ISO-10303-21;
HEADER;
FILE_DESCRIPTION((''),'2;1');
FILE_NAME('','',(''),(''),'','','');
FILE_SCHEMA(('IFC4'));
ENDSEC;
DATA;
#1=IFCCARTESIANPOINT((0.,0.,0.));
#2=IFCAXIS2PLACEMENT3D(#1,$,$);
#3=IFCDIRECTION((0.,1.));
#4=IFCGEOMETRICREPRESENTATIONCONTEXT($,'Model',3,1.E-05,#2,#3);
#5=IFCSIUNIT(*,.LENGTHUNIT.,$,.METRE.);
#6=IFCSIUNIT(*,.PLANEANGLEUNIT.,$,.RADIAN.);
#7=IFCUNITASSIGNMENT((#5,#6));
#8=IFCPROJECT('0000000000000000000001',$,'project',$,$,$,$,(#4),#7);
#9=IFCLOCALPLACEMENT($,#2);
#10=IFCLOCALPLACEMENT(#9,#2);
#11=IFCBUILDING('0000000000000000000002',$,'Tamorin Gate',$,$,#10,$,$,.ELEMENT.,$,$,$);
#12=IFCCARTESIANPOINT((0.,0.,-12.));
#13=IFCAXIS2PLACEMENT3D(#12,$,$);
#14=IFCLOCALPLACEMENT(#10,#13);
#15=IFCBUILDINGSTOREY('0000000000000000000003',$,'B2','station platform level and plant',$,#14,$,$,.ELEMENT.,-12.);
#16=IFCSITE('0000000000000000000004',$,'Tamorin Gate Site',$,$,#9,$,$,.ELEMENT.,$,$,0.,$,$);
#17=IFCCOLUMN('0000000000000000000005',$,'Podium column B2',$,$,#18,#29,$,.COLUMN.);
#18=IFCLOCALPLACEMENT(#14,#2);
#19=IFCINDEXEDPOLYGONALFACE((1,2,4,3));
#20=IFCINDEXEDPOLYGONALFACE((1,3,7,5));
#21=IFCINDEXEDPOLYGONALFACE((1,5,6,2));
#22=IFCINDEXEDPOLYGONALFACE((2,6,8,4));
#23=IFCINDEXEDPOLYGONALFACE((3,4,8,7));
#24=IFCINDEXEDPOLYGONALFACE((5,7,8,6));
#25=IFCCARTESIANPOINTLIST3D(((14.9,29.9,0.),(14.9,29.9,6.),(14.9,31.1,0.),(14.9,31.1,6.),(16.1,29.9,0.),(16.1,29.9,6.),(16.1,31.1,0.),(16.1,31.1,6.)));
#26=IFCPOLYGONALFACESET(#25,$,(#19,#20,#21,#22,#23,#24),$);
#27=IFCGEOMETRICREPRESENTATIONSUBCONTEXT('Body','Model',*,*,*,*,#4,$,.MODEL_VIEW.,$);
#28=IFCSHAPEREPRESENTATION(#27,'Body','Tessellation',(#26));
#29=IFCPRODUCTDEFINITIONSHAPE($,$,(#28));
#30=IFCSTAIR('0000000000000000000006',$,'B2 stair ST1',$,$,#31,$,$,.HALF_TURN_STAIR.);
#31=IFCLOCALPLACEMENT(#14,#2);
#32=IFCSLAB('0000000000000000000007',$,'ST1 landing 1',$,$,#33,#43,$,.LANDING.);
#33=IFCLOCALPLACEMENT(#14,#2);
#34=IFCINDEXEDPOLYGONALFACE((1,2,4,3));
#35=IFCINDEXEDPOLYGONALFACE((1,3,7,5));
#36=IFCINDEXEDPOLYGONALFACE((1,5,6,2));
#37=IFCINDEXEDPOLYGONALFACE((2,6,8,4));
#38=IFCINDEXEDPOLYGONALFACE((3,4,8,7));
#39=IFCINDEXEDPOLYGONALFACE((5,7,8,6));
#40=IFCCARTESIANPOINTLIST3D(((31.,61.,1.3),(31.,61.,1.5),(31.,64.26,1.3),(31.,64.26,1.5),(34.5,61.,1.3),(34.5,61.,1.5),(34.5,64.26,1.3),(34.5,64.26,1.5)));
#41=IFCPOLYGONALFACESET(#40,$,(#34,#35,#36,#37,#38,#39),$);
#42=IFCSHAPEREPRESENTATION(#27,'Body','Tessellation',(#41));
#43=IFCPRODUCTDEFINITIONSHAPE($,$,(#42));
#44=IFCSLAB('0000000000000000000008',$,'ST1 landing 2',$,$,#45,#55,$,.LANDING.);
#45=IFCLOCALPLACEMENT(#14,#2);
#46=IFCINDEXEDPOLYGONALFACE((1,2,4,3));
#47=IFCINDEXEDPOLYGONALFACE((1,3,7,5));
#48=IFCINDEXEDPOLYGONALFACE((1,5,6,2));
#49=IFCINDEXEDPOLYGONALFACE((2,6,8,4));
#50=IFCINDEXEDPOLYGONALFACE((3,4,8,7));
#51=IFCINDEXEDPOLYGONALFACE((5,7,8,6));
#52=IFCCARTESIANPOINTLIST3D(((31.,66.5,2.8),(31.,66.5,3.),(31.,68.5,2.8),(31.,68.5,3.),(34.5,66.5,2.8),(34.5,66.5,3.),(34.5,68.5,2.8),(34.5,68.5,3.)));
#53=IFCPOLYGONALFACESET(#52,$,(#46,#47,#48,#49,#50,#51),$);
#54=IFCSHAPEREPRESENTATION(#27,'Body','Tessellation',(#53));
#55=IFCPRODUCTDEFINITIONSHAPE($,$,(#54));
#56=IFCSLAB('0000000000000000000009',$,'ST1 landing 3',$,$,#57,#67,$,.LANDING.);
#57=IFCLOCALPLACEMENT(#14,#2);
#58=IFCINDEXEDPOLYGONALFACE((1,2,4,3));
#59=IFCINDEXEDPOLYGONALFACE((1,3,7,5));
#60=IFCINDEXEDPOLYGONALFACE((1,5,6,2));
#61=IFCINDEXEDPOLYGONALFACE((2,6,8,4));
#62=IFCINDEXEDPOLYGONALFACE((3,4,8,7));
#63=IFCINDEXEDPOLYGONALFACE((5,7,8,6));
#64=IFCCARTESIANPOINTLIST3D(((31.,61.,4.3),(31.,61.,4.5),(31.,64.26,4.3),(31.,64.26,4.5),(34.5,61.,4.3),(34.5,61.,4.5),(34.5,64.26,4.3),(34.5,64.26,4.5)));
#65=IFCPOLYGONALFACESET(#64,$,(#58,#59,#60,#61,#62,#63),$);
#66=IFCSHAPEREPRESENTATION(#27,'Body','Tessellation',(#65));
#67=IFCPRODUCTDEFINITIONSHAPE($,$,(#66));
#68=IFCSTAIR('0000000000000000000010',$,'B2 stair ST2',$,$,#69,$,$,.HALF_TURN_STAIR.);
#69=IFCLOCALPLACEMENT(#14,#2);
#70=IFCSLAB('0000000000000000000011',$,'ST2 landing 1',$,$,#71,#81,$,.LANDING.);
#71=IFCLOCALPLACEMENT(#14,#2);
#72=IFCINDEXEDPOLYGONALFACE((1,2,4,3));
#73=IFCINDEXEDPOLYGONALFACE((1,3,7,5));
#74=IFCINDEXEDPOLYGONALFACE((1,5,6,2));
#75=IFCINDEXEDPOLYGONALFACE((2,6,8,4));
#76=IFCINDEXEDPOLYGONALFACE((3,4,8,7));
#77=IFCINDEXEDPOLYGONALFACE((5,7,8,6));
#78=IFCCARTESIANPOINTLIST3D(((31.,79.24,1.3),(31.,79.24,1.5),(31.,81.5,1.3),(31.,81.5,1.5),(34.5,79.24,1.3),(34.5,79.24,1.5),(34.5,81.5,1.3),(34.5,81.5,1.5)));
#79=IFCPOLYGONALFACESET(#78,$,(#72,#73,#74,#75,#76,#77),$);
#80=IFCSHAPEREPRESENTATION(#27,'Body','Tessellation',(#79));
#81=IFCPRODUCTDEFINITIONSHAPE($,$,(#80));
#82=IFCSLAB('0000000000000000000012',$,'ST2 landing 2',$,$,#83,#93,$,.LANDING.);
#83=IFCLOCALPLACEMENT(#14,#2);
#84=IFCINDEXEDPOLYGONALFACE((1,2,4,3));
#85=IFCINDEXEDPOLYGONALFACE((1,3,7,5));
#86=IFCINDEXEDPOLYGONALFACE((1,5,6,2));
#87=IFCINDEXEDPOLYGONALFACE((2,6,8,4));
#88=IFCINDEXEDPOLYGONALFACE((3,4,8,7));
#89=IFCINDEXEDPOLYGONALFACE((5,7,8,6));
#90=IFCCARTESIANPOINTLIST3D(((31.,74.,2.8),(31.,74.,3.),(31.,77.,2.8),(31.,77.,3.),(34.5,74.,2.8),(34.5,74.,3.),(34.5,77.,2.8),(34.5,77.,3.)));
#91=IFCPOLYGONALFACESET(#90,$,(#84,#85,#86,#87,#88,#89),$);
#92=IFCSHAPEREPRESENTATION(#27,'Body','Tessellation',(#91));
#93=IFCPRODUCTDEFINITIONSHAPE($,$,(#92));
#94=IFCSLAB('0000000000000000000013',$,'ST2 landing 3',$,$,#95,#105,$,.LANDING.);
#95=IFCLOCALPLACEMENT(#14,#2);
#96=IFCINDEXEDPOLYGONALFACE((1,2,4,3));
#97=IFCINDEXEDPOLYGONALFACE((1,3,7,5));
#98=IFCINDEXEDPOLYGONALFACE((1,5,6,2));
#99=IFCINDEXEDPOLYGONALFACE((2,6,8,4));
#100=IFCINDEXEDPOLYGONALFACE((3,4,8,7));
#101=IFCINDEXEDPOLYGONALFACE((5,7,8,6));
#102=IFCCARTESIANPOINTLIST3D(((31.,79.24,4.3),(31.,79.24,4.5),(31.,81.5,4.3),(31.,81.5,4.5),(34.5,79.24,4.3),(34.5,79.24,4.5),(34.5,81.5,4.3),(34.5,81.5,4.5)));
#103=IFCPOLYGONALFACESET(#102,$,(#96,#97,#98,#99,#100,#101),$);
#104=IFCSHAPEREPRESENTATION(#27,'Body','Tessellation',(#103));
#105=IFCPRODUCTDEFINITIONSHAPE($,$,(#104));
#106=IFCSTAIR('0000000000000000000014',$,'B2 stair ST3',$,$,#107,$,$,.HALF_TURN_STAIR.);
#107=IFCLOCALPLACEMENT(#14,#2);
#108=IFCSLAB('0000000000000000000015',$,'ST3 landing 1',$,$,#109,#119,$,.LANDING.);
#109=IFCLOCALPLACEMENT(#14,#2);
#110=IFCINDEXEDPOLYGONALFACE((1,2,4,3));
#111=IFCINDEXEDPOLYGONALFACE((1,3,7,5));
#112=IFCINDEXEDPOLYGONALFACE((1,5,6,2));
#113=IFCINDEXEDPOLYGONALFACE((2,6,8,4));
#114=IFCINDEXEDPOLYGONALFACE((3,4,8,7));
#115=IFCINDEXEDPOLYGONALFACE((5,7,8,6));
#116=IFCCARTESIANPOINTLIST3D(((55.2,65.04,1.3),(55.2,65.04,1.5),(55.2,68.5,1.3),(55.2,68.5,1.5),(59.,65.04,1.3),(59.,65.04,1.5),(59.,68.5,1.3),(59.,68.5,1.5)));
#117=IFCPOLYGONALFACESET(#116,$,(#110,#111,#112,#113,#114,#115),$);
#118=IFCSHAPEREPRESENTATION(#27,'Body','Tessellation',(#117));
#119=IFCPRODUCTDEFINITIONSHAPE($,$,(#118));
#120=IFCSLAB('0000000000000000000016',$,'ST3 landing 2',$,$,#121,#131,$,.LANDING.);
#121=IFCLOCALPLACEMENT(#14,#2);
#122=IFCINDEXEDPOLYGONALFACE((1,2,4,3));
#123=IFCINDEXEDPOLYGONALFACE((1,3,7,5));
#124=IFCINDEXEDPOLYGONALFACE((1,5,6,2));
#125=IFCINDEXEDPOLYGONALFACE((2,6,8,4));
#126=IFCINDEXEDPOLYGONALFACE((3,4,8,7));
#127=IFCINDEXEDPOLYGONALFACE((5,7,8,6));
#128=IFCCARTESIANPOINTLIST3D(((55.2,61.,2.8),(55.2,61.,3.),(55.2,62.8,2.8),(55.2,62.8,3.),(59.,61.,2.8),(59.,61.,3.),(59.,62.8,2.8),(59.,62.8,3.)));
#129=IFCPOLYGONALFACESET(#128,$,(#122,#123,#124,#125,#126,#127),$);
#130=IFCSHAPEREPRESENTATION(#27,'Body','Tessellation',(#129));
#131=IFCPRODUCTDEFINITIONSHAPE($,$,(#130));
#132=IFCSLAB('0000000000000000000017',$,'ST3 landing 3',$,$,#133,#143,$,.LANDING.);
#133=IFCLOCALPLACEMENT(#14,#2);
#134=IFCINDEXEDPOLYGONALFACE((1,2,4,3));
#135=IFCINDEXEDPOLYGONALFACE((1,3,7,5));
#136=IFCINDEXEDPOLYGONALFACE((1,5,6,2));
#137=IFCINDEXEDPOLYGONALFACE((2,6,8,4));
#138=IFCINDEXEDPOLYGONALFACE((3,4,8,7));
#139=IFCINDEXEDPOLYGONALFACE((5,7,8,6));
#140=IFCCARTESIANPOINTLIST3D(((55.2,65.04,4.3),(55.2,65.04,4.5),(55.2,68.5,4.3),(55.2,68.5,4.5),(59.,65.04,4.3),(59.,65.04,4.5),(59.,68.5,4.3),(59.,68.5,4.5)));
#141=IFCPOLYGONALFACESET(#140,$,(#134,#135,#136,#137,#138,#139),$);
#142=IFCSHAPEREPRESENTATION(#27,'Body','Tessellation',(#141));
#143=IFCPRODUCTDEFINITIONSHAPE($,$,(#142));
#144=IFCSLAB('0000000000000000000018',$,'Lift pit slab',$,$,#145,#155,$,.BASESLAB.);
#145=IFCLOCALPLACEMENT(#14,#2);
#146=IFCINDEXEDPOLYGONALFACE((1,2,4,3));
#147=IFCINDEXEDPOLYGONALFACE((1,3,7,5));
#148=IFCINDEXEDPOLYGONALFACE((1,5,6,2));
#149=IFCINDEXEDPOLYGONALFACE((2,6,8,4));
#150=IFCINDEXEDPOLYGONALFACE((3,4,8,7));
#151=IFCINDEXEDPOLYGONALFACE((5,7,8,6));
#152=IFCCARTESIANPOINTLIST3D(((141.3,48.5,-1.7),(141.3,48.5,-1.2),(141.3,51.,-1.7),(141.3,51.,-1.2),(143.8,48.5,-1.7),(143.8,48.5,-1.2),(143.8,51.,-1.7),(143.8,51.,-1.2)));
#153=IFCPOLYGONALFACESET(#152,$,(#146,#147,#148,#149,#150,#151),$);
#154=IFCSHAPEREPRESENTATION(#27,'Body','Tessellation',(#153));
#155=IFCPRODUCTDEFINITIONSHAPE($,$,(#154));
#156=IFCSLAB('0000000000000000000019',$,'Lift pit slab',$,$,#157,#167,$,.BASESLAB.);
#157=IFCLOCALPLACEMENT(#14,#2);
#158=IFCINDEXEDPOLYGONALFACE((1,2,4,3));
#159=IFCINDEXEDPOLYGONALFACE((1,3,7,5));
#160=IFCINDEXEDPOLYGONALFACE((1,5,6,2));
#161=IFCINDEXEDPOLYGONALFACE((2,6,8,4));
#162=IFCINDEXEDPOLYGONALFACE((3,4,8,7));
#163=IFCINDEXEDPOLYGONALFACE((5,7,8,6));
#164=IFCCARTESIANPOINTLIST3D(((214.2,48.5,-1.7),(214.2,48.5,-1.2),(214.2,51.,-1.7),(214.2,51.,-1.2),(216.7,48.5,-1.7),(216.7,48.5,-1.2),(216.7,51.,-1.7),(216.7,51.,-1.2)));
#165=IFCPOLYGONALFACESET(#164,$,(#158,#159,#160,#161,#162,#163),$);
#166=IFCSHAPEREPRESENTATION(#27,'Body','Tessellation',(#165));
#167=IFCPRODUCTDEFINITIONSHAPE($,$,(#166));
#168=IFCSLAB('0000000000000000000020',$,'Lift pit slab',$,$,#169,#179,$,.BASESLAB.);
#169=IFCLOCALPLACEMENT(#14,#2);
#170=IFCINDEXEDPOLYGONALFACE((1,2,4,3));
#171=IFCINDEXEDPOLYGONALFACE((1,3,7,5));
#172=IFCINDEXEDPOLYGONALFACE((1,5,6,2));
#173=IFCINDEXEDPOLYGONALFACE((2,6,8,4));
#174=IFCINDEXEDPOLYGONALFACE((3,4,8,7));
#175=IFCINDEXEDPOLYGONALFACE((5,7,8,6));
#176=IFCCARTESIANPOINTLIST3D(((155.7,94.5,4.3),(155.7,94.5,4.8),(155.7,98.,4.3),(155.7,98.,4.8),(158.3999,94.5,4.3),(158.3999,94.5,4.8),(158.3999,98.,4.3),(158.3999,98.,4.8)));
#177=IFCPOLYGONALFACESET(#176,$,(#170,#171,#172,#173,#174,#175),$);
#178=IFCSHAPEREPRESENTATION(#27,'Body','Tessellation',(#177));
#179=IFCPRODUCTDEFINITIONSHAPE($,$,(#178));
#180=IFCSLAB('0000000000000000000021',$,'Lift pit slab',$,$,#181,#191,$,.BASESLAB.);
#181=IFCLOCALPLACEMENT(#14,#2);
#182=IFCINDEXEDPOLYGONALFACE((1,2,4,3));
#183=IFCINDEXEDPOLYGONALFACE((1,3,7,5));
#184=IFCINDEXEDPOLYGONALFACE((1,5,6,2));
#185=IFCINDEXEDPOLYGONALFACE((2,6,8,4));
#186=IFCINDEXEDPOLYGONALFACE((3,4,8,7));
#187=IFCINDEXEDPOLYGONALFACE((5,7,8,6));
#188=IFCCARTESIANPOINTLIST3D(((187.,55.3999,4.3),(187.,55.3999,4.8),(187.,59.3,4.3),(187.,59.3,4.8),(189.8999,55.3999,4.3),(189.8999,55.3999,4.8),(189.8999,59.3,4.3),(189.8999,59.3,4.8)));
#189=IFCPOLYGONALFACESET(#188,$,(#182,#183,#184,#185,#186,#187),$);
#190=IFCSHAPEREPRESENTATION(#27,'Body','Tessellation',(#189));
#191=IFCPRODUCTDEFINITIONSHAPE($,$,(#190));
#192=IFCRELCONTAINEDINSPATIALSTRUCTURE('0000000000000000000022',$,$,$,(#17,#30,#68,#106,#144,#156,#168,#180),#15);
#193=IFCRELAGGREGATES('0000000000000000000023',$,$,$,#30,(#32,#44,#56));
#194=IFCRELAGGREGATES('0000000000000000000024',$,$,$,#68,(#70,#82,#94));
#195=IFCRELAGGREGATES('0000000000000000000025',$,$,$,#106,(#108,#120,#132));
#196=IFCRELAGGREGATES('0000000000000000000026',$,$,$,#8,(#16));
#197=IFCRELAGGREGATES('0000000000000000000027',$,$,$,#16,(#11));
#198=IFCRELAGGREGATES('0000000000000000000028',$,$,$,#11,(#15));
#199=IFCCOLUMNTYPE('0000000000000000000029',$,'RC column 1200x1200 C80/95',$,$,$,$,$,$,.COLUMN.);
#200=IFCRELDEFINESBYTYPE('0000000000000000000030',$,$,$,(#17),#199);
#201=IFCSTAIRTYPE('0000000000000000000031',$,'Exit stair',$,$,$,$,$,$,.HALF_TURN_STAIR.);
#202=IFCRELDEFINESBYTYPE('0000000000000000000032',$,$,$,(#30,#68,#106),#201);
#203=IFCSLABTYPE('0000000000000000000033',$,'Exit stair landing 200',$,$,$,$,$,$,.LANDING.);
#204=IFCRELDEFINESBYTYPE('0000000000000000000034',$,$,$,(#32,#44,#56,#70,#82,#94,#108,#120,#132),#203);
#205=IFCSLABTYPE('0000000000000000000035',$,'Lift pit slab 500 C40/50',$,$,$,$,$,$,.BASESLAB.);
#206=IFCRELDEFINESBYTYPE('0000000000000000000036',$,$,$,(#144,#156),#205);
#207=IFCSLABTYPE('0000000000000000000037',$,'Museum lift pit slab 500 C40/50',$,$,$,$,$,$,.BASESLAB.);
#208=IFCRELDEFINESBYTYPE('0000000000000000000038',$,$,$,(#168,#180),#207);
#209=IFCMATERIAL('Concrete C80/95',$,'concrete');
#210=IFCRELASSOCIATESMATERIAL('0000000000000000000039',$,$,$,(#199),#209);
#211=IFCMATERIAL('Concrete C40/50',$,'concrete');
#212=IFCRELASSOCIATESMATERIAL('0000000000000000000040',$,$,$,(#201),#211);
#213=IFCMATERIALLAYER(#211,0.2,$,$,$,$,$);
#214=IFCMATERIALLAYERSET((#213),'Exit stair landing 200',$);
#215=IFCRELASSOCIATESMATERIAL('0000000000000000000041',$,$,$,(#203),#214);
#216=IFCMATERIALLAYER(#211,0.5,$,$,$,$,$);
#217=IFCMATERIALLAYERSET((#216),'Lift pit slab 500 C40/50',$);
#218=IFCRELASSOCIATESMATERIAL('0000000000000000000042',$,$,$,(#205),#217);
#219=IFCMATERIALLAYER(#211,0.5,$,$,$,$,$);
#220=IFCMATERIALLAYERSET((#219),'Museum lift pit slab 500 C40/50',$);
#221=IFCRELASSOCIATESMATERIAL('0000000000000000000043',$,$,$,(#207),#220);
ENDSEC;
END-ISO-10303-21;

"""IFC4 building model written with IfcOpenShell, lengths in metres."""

from ifc_helpers import new_model, si_unit, direction, frame, origin, origin_2d, place, context, subcontext, project, spatial, polyline, rectangle, outline, extrude, material, layer, layer_set, material_profile, profile_set, type_object, element, aggregate, save


model = new_model("IFC4")

# Units and contexts
model_context = context("Model", 3, precision=1e-05, world=origin(), true_north=direction((0.0, 1.0)))
body_context = subcontext(model_context, "Body", "Model", "MODEL_VIEW")
ifc_project = project(units=[si_unit("LENGTHUNIT", "METRE"), si_unit("PLANEANGLEUNIT", "RADIAN")], contexts=[model_context])

# Site, building, storey
site_placement = place(None, origin())
site = spatial("IfcSite", under=ifc_project, at=site_placement, Name="Tamorin Gate Site", CompositionType="ELEMENT", RefElevation=0.0)
building_placement = place(site_placement, origin())
building = spatial("IfcBuilding", under=site, at=building_placement, Name="Tamorin Gate", CompositionType="ELEMENT")
storey_placement = place(building_placement, frame((0.0, 0.0, -12.0)))
storey = spatial("IfcBuildingStorey", under=building, at=storey_placement, Name="B2", Description="station platform level and plant", CompositionType="ELEMENT", Elevation=-12.0)

# Shared definitions
ifc_material_1 = material(Name="Concrete C40/50", Category="concrete")

# Column
ifc_material_2 = material(Name="Concrete C80/95", Category="concrete")
ifc_material_profile_1 = material_profile(ifc_material_2, rectangle(XDim=1.2, YDim=1.2, at=origin_2d()), Name="RC 1200x1200")
ifc_profile_set_1 = profile_set([ifc_material_profile_1], Name="Concrete C80/95")
column_type = type_object("IfcColumnType", Name="RC column 1200x1200 C80/95", PredefinedType="COLUMN", material=ifc_profile_set_1)
column_placement = place(storey_placement, frame((15.5, 30.5, 0.0), z_axis=(0.0, 0.0, 1.0), x_axis=(1.0, 0.0, 0.0)))
element("IfcColumn", 1, at=column_placement, inside=storey, type_object=column_type, Name="Podium column B2", PredefinedType="COLUMN", context=body_context, shape_type="SweptSolid", body=[
    extrude(rectangle(XDim=1.2, YDim=1.2, at=origin_2d()), origin(), (0.0, 0.0, 1.0), 6.0),
])

# Stairs, slabs
stair_type_1 = type_object("IfcStairType", Name="Exit stair", PredefinedType="HALF_TURN_STAIR", material=ifc_material_1)
stair_1_placement = place(storey_placement, origin())
stair_1 = element("IfcStair", 2, at=stair_1_placement, inside=storey, type_object=stair_type_1, Name="B2 stair ST1", PredefinedType="HALF_TURN_STAIR")
ifc_layer_1 = layer(ifc_material_1, 0.2)
ifc_layer_set_1 = layer_set([ifc_layer_1], Name="Exit stair landing 200")
slab_type_1 = type_object("IfcSlabType", Name="Exit stair landing 200", PredefinedType="LANDING", material=ifc_layer_set_1)
slab_1_placement = place(storey_placement, frame((0.0, 0.0, 1.3)))
slab_1 = element("IfcSlab", 3, at=slab_1_placement, type_object=slab_type_1, Name="ST1 landing 1", PredefinedType="LANDING", context=body_context, shape_type="SweptSolid", body=[
    extrude(outline(polyline([(31.0, 64.26), (31.0, 61.0), (34.5, 61.0), (34.5, 64.26), (31.0, 64.26)])), origin(), (0.0, 0.0, 1.0), 0.2),
])
slab_2_placement = place(storey_placement, frame((0.0, 0.0, 2.8)))
slab_2 = element("IfcSlab", 4, at=slab_2_placement, type_object=slab_type_1, Name="ST1 landing 2", PredefinedType="LANDING", context=body_context, shape_type="SweptSolid", body=[
    extrude(outline(polyline([(31.0, 68.5), (31.0, 66.5), (34.5, 66.5), (34.5, 68.5), (31.0, 68.5)])), origin(), (0.0, 0.0, 1.0), 0.2),
])
slab_3_placement = place(storey_placement, frame((0.0, 0.0, 4.3)))
slab_3 = element("IfcSlab", 5, at=slab_3_placement, type_object=slab_type_1, Name="ST1 landing 3", PredefinedType="LANDING", context=body_context, shape_type="SweptSolid", body=[
    extrude(outline(polyline([(31.0, 64.26), (31.0, 61.0), (34.5, 61.0), (34.5, 64.26), (31.0, 64.26)])), origin(), (0.0, 0.0, 1.0), 0.2),
])
aggregate(stair_1, [slab_1, slab_2, slab_3])
stair_2_placement = place(storey_placement, origin())
stair_2 = element("IfcStair", 6, at=stair_2_placement, inside=storey, type_object=stair_type_1, Name="B2 stair ST2", PredefinedType="HALF_TURN_STAIR")
slab_4_placement = place(storey_placement, frame((0.0, 0.0, 1.3)))
slab_4 = element("IfcSlab", 7, at=slab_4_placement, type_object=slab_type_1, Name="ST2 landing 1", PredefinedType="LANDING", context=body_context, shape_type="SweptSolid", body=[
    extrude(outline(polyline([(34.5, 79.24), (34.5, 81.5), (31.0, 81.5), (31.0, 79.24), (34.5, 79.24)])), origin(), (0.0, 0.0, 1.0), 0.2),
])
slab_5_placement = place(storey_placement, frame((0.0, 0.0, 2.8)))
slab_5 = element("IfcSlab", 8, at=slab_5_placement, type_object=slab_type_1, Name="ST2 landing 2", PredefinedType="LANDING", context=body_context, shape_type="SweptSolid", body=[
    extrude(outline(polyline([(34.5, 74.0), (34.5, 77.0), (31.0, 77.0), (31.0, 74.0), (34.5, 74.0)])), origin(), (0.0, 0.0, 1.0), 0.2),
])
slab_6_placement = place(storey_placement, frame((0.0, 0.0, 4.3)))
slab_6 = element("IfcSlab", 9, at=slab_6_placement, type_object=slab_type_1, Name="ST2 landing 3", PredefinedType="LANDING", context=body_context, shape_type="SweptSolid", body=[
    extrude(outline(polyline([(34.5, 79.24), (34.5, 81.5), (31.0, 81.5), (31.0, 79.24), (34.5, 79.24)])), origin(), (0.0, 0.0, 1.0), 0.2),
])
aggregate(stair_2, [slab_4, slab_5, slab_6])
stair_3_placement = place(storey_placement, origin())
stair_3 = element("IfcStair", 10, at=stair_3_placement, inside=storey, type_object=stair_type_1, Name="B2 stair ST3", PredefinedType="HALF_TURN_STAIR")
slab_7_placement = place(storey_placement, frame((0.0, 0.0, 1.3)))
slab_7 = element("IfcSlab", 11, at=slab_7_placement, type_object=slab_type_1, Name="ST3 landing 1", PredefinedType="LANDING", context=body_context, shape_type="SweptSolid", body=[
    extrude(outline(polyline([(59.0, 65.04), (59.0, 68.5), (55.2, 68.5), (55.2, 65.04), (59.0, 65.04)])), origin(), (0.0, 0.0, 1.0), 0.2),
])
slab_8_placement = place(storey_placement, frame((0.0, 0.0, 2.8)))
slab_8 = element("IfcSlab", 12, at=slab_8_placement, type_object=slab_type_1, Name="ST3 landing 2", PredefinedType="LANDING", context=body_context, shape_type="SweptSolid", body=[
    extrude(outline(polyline([(59.0, 61.0), (59.0, 62.8), (55.2, 62.8), (55.2, 61.0), (59.0, 61.0)])), origin(), (0.0, 0.0, 1.0), 0.2),
])
slab_9_placement = place(storey_placement, frame((0.0, 0.0, 4.3)))
slab_9 = element("IfcSlab", 13, at=slab_9_placement, type_object=slab_type_1, Name="ST3 landing 3", PredefinedType="LANDING", context=body_context, shape_type="SweptSolid", body=[
    extrude(outline(polyline([(59.0, 65.04), (59.0, 68.5), (55.2, 68.5), (55.2, 65.04), (59.0, 65.04)])), origin(), (0.0, 0.0, 1.0), 0.2),
])
aggregate(stair_3, [slab_7, slab_8, slab_9])

# Slabs
ifc_layer_2 = layer(ifc_material_1, 0.5)
ifc_layer_set_2 = layer_set([ifc_layer_2], Name="Lift pit slab 500 C40/50")
slab_type_2 = type_object("IfcSlabType", Name="Lift pit slab 500 C40/50", PredefinedType="BASESLAB", material=ifc_layer_set_2)
slab_10_placement = place(storey_placement, frame((0.0, 0.0, -1.7)))
element("IfcSlab", 14, at=slab_10_placement, inside=storey, type_object=slab_type_2, Name="Lift pit slab", PredefinedType="BASESLAB", context=body_context, shape_type="SweptSolid", body=[
    extrude(outline(polyline([(143.8, 48.5), (143.8, 51.0), (141.3, 51.0), (141.3, 48.5), (143.8, 48.5)])), origin(), (0.0, 0.0, 1.0), 0.5),
])
slab_11_placement = place(storey_placement, frame((0.0, 0.0, -1.7)))
element("IfcSlab", 15, at=slab_11_placement, inside=storey, type_object=slab_type_2, Name="Lift pit slab", PredefinedType="BASESLAB", context=body_context, shape_type="SweptSolid", body=[
    extrude(outline(polyline([(216.7, 48.5), (216.7, 51.0), (214.2, 51.0), (214.2, 48.5), (216.7, 48.5)])), origin(), (0.0, 0.0, 1.0), 0.5),
])
ifc_layer_3 = layer(ifc_material_1, 0.5)
ifc_layer_set_3 = layer_set([ifc_layer_3], Name="Museum lift pit slab 500 C40/50")
slab_type_3 = type_object("IfcSlabType", Name="Museum lift pit slab 500 C40/50", PredefinedType="BASESLAB", material=ifc_layer_set_3)
slab_12_placement = place(storey_placement, frame((0.0, 0.0, 4.3)))
element("IfcSlab", 16, at=slab_12_placement, inside=storey, type_object=slab_type_3, Name="Lift pit slab", PredefinedType="BASESLAB", context=body_context, shape_type="SweptSolid", body=[
    extrude(outline(polyline([(158.3999, 94.5), (158.3999, 98.0), (155.7, 98.0), (155.7, 94.5), (158.3999, 94.5)])), origin(), (0.0, 0.0, 1.0), 0.5),
])
slab_13_placement = place(storey_placement, frame((0.0, 0.0, 4.3)))
element("IfcSlab", 17, at=slab_13_placement, inside=storey, type_object=slab_type_3, Name="Lift pit slab", PredefinedType="BASESLAB", context=body_context, shape_type="SweptSolid", body=[
    extrude(outline(polyline([(189.8999, 55.3999), (189.8999, 59.3), (187.0, 59.3), (187.0, 55.3999), (189.8999, 55.3999)])), origin(), (0.0, 0.0, 1.0), 0.5),
])

save(model, "model.ifc")
